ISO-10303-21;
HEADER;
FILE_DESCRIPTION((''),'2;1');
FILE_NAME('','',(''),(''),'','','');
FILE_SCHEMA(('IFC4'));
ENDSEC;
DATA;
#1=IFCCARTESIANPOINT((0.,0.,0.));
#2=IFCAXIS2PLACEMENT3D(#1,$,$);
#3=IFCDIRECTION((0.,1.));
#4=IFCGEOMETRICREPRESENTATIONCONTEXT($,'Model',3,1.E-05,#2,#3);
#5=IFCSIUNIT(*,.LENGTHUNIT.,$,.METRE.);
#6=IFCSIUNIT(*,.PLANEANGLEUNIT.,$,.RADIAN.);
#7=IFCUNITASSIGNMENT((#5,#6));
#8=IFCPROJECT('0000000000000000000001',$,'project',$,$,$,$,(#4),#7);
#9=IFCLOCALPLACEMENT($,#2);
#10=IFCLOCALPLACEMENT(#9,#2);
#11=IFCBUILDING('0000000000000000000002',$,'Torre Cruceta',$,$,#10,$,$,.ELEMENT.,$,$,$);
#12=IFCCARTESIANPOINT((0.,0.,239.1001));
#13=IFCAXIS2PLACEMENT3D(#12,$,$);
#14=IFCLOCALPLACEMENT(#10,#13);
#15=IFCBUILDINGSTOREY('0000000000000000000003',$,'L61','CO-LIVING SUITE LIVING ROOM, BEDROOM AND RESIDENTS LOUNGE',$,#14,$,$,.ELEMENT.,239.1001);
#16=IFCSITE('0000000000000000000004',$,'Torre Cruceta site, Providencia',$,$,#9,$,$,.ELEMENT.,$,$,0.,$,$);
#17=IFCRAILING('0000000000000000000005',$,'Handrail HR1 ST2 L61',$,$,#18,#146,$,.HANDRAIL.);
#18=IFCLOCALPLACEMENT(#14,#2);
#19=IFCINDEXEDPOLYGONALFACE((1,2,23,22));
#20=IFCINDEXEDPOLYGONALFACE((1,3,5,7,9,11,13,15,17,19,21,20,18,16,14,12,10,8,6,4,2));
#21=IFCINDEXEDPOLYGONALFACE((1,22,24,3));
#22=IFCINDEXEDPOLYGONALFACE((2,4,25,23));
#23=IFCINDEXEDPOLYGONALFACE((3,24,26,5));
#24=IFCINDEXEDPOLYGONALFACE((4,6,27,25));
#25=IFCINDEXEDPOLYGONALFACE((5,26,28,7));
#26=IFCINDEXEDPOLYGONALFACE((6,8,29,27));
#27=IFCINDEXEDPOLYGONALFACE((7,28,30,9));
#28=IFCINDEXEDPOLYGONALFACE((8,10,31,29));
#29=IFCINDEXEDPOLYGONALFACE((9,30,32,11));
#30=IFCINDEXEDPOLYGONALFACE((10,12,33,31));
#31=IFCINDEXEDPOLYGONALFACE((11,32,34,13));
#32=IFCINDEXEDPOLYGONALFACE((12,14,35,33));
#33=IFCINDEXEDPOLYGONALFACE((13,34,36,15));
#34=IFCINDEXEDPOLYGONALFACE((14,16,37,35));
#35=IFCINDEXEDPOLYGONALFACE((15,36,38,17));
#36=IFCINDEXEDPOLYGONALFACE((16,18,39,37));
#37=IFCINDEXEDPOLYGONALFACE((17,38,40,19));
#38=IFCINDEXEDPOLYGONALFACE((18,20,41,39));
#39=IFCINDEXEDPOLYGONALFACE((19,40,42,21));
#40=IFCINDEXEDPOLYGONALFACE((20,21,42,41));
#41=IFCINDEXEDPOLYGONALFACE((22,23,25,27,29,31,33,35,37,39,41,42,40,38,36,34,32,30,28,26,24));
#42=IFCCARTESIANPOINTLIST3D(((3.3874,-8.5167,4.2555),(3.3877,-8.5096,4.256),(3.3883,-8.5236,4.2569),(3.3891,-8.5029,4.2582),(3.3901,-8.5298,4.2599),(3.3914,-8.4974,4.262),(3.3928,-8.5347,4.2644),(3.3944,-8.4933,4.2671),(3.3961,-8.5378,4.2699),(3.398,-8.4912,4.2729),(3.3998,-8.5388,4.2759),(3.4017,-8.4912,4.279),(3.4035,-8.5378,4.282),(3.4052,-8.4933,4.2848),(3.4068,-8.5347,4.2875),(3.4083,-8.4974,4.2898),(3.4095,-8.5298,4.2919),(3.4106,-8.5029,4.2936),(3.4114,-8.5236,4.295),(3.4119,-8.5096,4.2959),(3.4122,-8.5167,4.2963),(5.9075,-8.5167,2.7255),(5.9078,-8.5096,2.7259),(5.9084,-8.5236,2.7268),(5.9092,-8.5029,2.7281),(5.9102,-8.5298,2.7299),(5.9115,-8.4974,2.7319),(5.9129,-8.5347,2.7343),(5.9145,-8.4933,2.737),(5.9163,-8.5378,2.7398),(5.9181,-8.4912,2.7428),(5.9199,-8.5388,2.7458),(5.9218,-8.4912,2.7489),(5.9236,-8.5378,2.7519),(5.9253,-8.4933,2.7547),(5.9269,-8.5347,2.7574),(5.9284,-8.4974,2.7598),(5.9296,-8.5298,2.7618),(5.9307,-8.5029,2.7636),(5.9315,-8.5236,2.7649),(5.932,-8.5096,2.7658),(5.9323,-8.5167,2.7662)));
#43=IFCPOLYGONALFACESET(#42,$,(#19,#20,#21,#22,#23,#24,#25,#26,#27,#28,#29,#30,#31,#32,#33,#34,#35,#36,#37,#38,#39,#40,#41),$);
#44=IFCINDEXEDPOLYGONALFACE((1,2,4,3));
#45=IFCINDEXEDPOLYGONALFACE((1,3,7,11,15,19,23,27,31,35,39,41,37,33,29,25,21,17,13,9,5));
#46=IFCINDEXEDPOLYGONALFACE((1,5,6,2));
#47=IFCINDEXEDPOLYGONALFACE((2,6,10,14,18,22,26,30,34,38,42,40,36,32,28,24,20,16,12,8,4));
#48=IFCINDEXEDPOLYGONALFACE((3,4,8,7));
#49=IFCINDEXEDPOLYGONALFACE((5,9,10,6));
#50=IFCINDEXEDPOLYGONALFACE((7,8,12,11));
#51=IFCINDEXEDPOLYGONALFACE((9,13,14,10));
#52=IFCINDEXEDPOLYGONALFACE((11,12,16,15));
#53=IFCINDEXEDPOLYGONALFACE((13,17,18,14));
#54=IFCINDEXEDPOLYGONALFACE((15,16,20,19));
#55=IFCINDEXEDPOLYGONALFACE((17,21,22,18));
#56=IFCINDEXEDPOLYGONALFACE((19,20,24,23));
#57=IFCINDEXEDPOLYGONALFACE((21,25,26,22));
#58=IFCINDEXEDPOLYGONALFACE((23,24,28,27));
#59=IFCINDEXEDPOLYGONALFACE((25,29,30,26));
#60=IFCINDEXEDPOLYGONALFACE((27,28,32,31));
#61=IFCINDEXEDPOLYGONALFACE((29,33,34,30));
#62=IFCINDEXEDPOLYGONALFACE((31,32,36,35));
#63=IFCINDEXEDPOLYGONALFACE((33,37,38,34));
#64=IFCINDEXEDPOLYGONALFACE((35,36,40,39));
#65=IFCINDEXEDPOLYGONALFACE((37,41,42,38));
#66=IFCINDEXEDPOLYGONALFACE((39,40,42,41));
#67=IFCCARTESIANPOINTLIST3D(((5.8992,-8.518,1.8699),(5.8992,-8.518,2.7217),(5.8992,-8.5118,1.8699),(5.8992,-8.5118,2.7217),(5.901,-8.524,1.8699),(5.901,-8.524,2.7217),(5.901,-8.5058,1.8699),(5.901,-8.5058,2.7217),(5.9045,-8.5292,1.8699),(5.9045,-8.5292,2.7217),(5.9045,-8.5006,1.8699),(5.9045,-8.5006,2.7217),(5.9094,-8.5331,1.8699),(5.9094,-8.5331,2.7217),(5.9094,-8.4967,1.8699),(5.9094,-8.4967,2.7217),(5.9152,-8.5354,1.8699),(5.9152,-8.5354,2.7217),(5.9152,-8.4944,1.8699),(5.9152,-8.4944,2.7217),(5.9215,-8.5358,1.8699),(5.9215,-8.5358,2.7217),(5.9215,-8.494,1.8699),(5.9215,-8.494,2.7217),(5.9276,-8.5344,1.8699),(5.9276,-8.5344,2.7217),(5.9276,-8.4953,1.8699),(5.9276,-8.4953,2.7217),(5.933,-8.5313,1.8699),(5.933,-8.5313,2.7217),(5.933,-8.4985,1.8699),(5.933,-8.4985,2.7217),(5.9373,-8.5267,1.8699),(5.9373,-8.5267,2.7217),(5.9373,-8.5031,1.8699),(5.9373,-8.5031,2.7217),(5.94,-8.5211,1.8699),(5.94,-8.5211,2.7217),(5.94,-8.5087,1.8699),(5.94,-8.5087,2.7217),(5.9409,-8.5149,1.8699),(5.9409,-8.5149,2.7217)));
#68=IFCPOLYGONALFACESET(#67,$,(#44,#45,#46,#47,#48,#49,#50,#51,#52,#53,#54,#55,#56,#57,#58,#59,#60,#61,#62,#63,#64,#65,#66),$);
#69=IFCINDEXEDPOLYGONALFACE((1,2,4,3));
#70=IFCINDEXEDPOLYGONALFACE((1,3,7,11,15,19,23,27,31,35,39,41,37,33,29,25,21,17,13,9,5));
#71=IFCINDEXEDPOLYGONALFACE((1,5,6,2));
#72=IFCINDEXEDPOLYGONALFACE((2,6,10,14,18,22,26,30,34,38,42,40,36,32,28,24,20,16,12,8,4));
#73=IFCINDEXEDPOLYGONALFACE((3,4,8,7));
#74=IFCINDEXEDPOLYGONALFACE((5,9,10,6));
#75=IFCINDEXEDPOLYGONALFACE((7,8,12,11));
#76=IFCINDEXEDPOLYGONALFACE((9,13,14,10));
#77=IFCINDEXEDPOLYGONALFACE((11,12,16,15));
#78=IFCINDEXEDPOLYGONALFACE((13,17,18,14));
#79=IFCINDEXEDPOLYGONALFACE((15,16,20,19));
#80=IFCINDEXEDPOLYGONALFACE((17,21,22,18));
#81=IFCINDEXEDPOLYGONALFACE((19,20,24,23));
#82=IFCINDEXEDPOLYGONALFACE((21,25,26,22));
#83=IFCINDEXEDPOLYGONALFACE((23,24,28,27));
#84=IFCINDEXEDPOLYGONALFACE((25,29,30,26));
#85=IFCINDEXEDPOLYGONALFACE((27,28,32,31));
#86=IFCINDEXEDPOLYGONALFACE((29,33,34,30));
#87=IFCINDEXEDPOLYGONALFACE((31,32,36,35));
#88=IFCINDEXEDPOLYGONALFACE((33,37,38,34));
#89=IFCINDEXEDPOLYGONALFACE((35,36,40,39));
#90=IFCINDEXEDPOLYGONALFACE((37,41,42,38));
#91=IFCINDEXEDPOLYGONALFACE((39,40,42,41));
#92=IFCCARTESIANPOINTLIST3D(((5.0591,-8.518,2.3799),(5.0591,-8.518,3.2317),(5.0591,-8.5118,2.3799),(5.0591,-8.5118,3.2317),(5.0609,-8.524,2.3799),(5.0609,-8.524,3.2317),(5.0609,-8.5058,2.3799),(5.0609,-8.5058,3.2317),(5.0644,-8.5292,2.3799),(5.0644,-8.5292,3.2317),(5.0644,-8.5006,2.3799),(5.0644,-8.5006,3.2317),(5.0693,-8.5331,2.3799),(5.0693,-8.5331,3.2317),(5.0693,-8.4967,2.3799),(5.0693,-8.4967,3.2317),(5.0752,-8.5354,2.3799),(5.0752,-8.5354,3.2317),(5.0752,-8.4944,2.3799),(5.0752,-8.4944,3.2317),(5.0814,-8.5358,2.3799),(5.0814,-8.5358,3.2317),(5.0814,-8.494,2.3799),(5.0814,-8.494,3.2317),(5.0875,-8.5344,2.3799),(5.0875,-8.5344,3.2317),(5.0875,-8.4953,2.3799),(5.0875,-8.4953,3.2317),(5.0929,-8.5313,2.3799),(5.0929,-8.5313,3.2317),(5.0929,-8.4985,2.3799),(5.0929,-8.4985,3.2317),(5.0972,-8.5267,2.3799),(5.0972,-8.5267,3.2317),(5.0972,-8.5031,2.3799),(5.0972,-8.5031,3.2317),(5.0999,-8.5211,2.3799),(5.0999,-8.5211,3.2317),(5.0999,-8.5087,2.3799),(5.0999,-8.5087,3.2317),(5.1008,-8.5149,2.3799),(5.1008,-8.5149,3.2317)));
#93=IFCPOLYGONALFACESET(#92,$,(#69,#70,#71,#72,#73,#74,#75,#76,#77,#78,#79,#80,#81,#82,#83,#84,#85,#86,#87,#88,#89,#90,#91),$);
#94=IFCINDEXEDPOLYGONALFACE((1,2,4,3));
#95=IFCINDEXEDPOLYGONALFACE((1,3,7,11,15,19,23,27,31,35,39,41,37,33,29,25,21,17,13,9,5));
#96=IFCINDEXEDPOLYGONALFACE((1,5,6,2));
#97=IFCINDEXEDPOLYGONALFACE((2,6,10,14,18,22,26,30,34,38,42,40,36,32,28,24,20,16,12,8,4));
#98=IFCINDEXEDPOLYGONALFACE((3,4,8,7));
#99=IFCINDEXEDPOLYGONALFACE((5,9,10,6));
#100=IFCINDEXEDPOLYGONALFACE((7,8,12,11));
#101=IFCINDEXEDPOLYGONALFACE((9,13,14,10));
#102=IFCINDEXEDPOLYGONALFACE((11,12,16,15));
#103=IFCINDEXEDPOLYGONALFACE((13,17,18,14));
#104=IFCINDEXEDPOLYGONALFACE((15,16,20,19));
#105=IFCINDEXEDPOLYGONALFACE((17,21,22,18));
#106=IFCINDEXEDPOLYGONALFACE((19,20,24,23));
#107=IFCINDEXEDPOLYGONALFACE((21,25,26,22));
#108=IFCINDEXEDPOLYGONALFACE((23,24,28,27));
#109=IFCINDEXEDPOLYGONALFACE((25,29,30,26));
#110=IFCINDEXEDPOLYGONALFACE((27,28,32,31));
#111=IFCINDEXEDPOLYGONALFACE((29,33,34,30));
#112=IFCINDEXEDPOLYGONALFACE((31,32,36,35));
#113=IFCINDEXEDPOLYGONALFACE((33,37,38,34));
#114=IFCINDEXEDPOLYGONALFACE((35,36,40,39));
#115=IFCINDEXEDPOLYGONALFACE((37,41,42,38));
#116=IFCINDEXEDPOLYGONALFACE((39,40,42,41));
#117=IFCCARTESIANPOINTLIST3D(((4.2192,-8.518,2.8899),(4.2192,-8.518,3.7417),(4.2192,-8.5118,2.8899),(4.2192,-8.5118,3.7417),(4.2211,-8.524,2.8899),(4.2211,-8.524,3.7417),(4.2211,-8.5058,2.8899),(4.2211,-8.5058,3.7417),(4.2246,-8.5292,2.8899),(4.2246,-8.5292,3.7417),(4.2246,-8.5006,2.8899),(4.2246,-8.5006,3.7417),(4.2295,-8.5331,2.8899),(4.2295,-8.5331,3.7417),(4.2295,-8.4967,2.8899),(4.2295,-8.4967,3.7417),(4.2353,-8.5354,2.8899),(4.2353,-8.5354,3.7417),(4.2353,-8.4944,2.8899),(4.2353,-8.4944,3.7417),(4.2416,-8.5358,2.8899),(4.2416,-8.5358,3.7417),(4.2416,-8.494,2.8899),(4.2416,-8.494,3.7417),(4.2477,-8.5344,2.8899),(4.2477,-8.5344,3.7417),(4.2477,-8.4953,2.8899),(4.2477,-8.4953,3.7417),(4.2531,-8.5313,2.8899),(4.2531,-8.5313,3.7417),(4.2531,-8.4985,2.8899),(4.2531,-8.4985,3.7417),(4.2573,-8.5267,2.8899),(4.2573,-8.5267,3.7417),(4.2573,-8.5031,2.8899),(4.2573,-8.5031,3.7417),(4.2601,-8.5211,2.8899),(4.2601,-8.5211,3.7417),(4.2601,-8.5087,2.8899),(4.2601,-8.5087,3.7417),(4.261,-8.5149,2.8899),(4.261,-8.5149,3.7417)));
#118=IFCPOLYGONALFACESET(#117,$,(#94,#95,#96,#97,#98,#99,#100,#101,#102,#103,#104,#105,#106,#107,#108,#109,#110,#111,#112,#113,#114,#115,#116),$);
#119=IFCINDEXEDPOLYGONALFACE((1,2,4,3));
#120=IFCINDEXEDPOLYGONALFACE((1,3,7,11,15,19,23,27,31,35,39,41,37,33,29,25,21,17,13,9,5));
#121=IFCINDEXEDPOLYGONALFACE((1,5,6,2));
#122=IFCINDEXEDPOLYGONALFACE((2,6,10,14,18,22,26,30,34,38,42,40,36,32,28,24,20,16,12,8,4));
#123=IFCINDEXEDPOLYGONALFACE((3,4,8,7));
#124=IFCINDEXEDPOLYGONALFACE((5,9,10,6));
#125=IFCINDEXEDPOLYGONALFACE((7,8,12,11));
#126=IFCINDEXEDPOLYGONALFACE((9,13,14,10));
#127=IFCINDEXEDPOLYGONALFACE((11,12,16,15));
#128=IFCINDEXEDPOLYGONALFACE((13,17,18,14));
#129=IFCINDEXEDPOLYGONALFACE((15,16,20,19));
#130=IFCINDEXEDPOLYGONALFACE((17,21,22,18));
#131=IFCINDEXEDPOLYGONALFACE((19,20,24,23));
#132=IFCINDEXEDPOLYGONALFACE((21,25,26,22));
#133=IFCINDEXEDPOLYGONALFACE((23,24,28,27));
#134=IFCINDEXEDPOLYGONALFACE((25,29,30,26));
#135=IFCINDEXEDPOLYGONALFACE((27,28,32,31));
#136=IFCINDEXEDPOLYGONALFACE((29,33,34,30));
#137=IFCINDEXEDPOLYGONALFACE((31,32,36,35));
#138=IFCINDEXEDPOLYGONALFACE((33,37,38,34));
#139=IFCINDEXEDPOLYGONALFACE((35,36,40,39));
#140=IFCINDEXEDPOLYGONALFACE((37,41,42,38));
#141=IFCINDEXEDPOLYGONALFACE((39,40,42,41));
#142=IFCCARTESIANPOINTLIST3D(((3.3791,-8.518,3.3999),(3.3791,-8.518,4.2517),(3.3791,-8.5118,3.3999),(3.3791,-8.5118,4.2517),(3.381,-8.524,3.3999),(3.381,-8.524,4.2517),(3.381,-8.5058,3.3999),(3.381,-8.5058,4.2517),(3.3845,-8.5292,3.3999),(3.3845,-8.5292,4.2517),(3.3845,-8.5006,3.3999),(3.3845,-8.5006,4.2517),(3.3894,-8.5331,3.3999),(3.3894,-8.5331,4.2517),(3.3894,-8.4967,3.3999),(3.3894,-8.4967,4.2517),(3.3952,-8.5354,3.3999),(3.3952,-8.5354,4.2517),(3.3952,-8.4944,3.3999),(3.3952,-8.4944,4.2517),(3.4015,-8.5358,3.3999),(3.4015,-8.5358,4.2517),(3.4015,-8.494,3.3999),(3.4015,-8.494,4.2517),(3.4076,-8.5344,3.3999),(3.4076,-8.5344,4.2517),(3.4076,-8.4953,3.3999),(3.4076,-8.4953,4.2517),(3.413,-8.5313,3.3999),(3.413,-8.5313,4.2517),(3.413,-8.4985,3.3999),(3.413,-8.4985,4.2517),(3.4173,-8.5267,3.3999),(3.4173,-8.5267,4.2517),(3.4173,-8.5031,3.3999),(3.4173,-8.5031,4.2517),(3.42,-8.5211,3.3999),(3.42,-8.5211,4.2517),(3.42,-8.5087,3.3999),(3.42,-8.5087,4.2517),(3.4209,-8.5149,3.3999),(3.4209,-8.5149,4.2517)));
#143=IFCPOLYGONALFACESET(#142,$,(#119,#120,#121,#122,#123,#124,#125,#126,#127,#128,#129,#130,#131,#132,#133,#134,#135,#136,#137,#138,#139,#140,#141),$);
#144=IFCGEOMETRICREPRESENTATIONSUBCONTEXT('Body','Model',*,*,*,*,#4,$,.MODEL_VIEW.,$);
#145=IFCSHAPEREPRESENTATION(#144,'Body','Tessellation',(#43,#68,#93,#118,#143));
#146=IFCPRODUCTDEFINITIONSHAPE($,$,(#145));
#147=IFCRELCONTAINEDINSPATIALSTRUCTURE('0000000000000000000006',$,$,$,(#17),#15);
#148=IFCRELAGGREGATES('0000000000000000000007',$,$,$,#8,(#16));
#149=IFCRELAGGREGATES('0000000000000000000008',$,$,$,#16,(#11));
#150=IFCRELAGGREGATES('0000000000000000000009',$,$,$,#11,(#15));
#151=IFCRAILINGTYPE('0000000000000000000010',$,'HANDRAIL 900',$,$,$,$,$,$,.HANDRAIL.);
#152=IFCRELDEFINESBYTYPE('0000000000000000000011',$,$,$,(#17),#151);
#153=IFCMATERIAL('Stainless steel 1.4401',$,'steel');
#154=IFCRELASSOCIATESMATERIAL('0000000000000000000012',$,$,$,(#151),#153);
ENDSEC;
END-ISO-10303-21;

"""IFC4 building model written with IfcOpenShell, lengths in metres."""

from ifc_helpers import new_model, si_unit, direction, frame, origin, origin_2d, place, context, subcontext, project, spatial, circle, extrude, material, type_object, element, save


model = new_model("IFC4")

# Units and contexts
model_context = context("Model", 3, precision=1e-05, world=origin(), true_north=direction((0.0, 1.0)))
body_context = subcontext(model_context, "Body", "Model", "MODEL_VIEW")
ifc_project = project(units=[si_unit("LENGTHUNIT", "METRE"), si_unit("PLANEANGLEUNIT", "RADIAN")], contexts=[model_context])

# Site, building, storey
site_placement = place(None, origin())
site = spatial("IfcSite", under=ifc_project, at=site_placement, Name="Torre Cruceta site, Providencia", CompositionType="ELEMENT", RefElevation=0.0)
building_placement = place(site_placement, origin())
building = spatial("IfcBuilding", under=site, at=building_placement, Name="Torre Cruceta", CompositionType="ELEMENT")
storey_placement = place(building_placement, frame((0.0, 0.0, 239.1001)))
storey = spatial("IfcBuildingStorey", under=building, at=storey_placement, Name="L61", Description="CO-LIVING SUITE LIVING ROOM, BEDROOM AND RESIDENTS LOUNGE", CompositionType="ELEMENT", Elevation=239.1001)

# Railing
ifc_material_1 = material(Name="Stainless steel 1.4401", Category="steel")
railing_type = type_object("IfcRailingType", Name="HANDRAIL 900", PredefinedType="HANDRAIL", material=ifc_material_1)
railing_placement = place(storey_placement, frame((5.9199, -8.5149, 1.8699)))
element("IfcRailing", 1, at=railing_placement, inside=storey, type_object=railing_type, Name="Handrail HR1 ST2 L61", PredefinedType="HANDRAIL", context=body_context, shape_type="SweptSolid", body=[
    extrude(circle(Radius=0.0239, at=origin_2d()), frame((0.0, 0.0, 0.876), z_axis=(-0.854785, 0.0, 0.518982), x_axis=(0.0, -1.0, 0.0)), (0.0, 0.0, 1.0), 2.9482),
    extrude(circle(Radius=0.021, at=origin_2d()), origin(), (0.0, 0.0, 1.0), 0.8518),
    extrude(circle(Radius=0.021, at=origin_2d()), frame((-0.8401, 0.0, 0.51)), (0.0, 0.0, 1.0), 0.8518),
    extrude(circle(Radius=0.021, at=origin_2d()), frame((-1.6799, 0.0, 1.02)), (0.0, 0.0, 1.0), 0.8518),
    extrude(circle(Radius=0.021, at=origin_2d()), frame((-2.52, 0.0, 1.53)), (0.0, 0.0, 1.0), 0.8518),
])

save(model, "model.ifc")
